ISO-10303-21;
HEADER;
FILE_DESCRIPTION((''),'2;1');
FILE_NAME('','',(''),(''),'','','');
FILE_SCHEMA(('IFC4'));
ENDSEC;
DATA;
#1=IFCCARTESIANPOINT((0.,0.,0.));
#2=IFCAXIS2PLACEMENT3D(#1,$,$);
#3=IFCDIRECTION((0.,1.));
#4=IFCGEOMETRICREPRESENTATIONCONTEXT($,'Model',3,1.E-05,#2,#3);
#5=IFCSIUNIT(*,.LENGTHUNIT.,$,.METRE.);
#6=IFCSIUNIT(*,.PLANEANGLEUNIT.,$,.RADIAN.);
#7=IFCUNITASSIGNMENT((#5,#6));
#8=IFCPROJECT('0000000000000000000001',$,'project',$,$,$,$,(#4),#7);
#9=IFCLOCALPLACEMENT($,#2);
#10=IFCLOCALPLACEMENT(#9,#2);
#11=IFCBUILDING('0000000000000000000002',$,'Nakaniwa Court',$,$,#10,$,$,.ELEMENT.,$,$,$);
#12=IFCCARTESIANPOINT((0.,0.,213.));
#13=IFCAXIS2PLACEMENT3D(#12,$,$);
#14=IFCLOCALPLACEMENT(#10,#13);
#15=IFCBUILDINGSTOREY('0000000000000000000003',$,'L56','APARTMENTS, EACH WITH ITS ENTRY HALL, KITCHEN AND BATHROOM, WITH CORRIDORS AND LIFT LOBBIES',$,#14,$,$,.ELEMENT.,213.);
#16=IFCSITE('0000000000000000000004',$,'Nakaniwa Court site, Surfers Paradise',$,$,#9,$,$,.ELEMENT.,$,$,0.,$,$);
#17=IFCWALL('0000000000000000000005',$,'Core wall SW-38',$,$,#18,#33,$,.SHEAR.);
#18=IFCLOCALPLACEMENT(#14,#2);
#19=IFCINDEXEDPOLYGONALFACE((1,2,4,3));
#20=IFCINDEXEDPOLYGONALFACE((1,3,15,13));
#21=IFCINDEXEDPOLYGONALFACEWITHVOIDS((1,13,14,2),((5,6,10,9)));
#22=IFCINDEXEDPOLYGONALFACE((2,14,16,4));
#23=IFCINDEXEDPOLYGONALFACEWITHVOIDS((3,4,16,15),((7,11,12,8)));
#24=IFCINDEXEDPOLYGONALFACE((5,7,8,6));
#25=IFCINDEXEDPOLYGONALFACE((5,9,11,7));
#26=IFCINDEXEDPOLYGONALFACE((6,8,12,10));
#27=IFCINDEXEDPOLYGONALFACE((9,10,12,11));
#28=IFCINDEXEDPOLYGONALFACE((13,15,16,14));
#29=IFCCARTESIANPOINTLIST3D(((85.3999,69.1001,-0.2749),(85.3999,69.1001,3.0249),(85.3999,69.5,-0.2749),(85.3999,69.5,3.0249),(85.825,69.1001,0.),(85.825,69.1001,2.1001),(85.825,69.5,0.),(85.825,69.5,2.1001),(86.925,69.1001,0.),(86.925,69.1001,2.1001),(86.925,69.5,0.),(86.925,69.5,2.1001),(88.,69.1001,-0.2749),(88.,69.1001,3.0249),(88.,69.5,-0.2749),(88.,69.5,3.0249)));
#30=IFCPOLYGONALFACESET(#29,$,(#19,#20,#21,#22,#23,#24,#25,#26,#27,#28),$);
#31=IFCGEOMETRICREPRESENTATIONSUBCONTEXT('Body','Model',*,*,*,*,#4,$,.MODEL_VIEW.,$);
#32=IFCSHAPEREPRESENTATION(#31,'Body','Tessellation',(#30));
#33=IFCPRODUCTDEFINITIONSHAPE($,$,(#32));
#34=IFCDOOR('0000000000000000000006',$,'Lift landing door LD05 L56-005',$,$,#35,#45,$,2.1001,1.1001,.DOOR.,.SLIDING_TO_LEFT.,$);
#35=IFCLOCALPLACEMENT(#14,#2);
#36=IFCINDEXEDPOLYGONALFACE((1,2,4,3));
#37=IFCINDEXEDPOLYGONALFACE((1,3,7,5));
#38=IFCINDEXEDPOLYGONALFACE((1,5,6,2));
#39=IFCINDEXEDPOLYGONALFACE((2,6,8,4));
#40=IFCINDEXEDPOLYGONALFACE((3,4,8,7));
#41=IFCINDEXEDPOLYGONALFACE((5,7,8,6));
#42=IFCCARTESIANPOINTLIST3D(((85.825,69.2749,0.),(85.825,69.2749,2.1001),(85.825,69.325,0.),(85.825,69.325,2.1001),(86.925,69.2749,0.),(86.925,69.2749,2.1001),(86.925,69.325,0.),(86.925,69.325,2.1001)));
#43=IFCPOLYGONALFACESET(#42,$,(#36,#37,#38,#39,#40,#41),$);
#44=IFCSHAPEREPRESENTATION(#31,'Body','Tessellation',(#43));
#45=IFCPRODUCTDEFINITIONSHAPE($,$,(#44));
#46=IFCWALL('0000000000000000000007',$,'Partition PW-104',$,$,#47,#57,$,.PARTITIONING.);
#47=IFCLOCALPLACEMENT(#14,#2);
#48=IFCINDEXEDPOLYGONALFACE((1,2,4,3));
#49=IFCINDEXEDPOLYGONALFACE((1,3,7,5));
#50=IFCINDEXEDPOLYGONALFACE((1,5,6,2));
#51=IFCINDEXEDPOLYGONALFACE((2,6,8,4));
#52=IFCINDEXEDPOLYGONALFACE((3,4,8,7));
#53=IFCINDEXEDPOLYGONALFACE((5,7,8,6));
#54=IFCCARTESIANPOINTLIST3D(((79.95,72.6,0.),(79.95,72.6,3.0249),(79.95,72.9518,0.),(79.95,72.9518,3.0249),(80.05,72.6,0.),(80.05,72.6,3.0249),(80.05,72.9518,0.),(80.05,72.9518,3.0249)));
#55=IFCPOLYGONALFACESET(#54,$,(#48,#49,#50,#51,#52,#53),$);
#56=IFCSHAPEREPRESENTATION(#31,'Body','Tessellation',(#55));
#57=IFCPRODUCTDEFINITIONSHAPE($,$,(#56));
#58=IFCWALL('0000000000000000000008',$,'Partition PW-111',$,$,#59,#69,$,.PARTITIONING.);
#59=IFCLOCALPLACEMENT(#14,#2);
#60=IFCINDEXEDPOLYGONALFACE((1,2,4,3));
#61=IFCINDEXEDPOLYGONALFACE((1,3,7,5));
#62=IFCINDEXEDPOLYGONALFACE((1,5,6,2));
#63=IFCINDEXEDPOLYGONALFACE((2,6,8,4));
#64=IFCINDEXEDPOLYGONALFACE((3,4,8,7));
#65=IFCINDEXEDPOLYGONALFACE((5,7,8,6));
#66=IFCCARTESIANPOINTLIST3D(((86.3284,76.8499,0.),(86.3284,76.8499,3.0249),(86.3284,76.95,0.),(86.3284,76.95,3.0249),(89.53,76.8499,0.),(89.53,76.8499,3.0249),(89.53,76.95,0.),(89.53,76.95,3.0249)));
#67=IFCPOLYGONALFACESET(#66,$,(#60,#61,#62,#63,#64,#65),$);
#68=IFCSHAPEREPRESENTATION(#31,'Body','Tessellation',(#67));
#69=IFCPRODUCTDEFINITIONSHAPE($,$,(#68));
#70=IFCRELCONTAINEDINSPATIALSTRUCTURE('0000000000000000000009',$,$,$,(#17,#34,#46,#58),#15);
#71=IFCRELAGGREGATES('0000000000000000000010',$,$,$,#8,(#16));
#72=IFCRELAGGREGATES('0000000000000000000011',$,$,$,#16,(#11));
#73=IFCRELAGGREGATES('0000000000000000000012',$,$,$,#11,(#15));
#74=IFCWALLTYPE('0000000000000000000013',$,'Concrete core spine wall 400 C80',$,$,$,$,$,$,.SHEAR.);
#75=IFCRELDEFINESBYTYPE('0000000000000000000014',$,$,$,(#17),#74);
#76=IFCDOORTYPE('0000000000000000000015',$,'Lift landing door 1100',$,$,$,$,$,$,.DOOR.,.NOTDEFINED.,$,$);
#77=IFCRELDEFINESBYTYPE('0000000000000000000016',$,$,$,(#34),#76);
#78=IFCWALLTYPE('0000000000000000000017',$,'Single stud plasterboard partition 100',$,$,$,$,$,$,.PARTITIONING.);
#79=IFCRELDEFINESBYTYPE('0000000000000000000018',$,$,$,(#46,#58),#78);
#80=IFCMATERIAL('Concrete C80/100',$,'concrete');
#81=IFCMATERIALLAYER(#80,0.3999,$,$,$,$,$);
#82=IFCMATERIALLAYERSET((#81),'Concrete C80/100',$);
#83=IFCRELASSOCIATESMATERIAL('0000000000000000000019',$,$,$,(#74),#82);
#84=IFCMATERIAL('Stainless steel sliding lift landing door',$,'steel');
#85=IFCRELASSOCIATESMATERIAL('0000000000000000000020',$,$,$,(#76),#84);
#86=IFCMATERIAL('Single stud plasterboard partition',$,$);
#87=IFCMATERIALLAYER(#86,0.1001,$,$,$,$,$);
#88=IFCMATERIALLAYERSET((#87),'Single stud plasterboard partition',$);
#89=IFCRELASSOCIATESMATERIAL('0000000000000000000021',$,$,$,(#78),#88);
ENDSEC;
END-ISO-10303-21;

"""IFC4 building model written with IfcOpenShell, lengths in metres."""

from ifc_helpers import new_model, si_unit, direction, frame, frame_2d, origin, place, context, subcontext, project, spatial, rectangle, extrude, material, layer, layer_set, type_object, element, fill, save


model = new_model("IFC4")

# Units and contexts
model_context = context("Model", 3, precision=1e-05, world=origin(), true_north=direction((0.0, 1.0)))
body_context = subcontext(model_context, "Body", "Model", "MODEL_VIEW")
ifc_project = project(units=[si_unit("LENGTHUNIT", "METRE"), si_unit("PLANEANGLEUNIT", "RADIAN")], contexts=[model_context])

# Site, building, storey
site_placement = place(None, origin())
site = spatial("IfcSite", under=ifc_project, at=site_placement, Name="Nakaniwa Court site, Surfers Paradise", CompositionType="ELEMENT", RefElevation=0.0)
building_placement = place(site_placement, origin())
building = spatial("IfcBuilding", under=site, at=building_placement, Name="Nakaniwa Court", CompositionType="ELEMENT")
storey_placement = place(building_placement, frame((0.0, 0.0, 213.0)))
storey = spatial("IfcBuildingStorey", under=building, at=storey_placement, Name="L56", Description="APARTMENTS, EACH WITH ITS ENTRY HALL, KITCHEN AND BATHROOM, WITH CORRIDORS AND LIFT LOBBIES", CompositionType="ELEMENT", Elevation=213.0)

# Shared definitions
ifc_material_1 = material(Name="Concrete C80/100", Category="concrete")

# Wall, opening, door
ifc_layer_1 = layer(ifc_material_1, 0.3999)
ifc_layer_set_1 = layer_set([ifc_layer_1], Name="Concrete C80/100")
wall_type_1 = type_object("IfcWallType", Name="Concrete core spine wall 400 C80", PredefinedType="SHEAR", material=ifc_layer_set_1)
wall_1_placement = place(storey_placement, frame((85.3999, 69.3, -0.2749), z_axis=(0.0, 0.0, 1.0), x_axis=(1.0, 0.0, 0.0)))
wall_1 = element("IfcWall", 1, at=wall_1_placement, inside=storey, type_object=wall_type_1, Name="Core wall SW-38", PredefinedType="SHEAR", context=body_context, shape_type="SweptSolid", body=[
    extrude(rectangle(XDim=2.6001, YDim=0.3999, at=frame_2d((1.3, 0.0))), origin(), (0.0, 0.0, 1.0), 3.2998),
])
opening_1_placement = place(wall_1_placement, frame((0.425, 0.0, 0.2749)))
opening_1 = element("IfcOpeningElement", 2, at=opening_1_placement, cuts=wall_1, PredefinedType="OPENING", context=body_context, shape_type="SweptSolid", body=[
    extrude(rectangle(XDim=1.1001, YDim=2.1001, at=frame_2d((0.55, 1.05))), frame((0.0, 0.21, 0.0), z_axis=(0.0, -1.0, 0.0), x_axis=(1.0, 0.0, 0.0)), (0.0, 0.0, 1.0), 0.4199),
])
ifc_material_2 = material(Name="Stainless steel sliding lift landing door", Category="steel")
door_type_1 = type_object("IfcDoorType", Name="Lift landing door 1100", OperationType="NOTDEFINED", PredefinedType="DOOR", material=ifc_material_2)
door_1_placement = place(opening_1_placement, origin())
door_1 = element("IfcDoor", 3, at=door_1_placement, inside=storey, type_object=door_type_1, Name="Lift landing door LD05 L56-005", OperationType="SLIDING_TO_LEFT", OverallHeight=2.1001, OverallWidth=1.1001, PredefinedType="DOOR", context=body_context, shape_type="SweptSolid", body=[
    extrude(rectangle(XDim=1.1001, YDim=2.1001, at=frame_2d((0.55, 1.05))), frame((0.0, 0.0249, 0.0), z_axis=(0.0, -1.0, 0.0), x_axis=(1.0, 0.0, 0.0)), (0.0, 0.0, 1.0), 0.05),
])
fill(opening_1, door_1)

# Walls
ifc_material_3 = material(Name="Single stud plasterboard partition")
ifc_layer_2 = layer(ifc_material_3, 0.1001)
ifc_layer_set_2 = layer_set([ifc_layer_2], Name="Single stud plasterboard partition")
wall_type_2 = type_object("IfcWallType", Name="Single stud plasterboard partition 100", PredefinedType="PARTITIONING", material=ifc_layer_set_2)
wall_2_placement = place(storey_placement, frame((80.0, 72.6001, 0.0), z_axis=(0.0, 0.0, 1.0), x_axis=(0.0, 1.0, 0.0)))
element("IfcWall", 4, at=wall_2_placement, inside=storey, type_object=wall_type_2, Name="Partition PW-104", PredefinedType="PARTITIONING", context=body_context, shape_type="SweptSolid", body=[
    extrude(rectangle(XDim=0.3518, YDim=0.1001, at=frame_2d((0.1758, 0.0))), origin(), (0.0, 0.0, 1.0), 3.0249),
])
wall_3_placement = place(storey_placement, frame((86.3284, 76.8999, 0.0), z_axis=(0.0, 0.0, 1.0), x_axis=(1.0, 0.0, 0.0)))
element("IfcWall", 5, at=wall_3_placement, inside=storey, type_object=wall_type_2, Name="Partition PW-111", PredefinedType="PARTITIONING", context=body_context, shape_type="SweptSolid", body=[
    extrude(rectangle(XDim=3.2017, YDim=0.1001, at=frame_2d((1.6008, 0.0))), origin(), (0.0, 0.0, 1.0), 3.0249),
])

save(model, "model.ifc")
